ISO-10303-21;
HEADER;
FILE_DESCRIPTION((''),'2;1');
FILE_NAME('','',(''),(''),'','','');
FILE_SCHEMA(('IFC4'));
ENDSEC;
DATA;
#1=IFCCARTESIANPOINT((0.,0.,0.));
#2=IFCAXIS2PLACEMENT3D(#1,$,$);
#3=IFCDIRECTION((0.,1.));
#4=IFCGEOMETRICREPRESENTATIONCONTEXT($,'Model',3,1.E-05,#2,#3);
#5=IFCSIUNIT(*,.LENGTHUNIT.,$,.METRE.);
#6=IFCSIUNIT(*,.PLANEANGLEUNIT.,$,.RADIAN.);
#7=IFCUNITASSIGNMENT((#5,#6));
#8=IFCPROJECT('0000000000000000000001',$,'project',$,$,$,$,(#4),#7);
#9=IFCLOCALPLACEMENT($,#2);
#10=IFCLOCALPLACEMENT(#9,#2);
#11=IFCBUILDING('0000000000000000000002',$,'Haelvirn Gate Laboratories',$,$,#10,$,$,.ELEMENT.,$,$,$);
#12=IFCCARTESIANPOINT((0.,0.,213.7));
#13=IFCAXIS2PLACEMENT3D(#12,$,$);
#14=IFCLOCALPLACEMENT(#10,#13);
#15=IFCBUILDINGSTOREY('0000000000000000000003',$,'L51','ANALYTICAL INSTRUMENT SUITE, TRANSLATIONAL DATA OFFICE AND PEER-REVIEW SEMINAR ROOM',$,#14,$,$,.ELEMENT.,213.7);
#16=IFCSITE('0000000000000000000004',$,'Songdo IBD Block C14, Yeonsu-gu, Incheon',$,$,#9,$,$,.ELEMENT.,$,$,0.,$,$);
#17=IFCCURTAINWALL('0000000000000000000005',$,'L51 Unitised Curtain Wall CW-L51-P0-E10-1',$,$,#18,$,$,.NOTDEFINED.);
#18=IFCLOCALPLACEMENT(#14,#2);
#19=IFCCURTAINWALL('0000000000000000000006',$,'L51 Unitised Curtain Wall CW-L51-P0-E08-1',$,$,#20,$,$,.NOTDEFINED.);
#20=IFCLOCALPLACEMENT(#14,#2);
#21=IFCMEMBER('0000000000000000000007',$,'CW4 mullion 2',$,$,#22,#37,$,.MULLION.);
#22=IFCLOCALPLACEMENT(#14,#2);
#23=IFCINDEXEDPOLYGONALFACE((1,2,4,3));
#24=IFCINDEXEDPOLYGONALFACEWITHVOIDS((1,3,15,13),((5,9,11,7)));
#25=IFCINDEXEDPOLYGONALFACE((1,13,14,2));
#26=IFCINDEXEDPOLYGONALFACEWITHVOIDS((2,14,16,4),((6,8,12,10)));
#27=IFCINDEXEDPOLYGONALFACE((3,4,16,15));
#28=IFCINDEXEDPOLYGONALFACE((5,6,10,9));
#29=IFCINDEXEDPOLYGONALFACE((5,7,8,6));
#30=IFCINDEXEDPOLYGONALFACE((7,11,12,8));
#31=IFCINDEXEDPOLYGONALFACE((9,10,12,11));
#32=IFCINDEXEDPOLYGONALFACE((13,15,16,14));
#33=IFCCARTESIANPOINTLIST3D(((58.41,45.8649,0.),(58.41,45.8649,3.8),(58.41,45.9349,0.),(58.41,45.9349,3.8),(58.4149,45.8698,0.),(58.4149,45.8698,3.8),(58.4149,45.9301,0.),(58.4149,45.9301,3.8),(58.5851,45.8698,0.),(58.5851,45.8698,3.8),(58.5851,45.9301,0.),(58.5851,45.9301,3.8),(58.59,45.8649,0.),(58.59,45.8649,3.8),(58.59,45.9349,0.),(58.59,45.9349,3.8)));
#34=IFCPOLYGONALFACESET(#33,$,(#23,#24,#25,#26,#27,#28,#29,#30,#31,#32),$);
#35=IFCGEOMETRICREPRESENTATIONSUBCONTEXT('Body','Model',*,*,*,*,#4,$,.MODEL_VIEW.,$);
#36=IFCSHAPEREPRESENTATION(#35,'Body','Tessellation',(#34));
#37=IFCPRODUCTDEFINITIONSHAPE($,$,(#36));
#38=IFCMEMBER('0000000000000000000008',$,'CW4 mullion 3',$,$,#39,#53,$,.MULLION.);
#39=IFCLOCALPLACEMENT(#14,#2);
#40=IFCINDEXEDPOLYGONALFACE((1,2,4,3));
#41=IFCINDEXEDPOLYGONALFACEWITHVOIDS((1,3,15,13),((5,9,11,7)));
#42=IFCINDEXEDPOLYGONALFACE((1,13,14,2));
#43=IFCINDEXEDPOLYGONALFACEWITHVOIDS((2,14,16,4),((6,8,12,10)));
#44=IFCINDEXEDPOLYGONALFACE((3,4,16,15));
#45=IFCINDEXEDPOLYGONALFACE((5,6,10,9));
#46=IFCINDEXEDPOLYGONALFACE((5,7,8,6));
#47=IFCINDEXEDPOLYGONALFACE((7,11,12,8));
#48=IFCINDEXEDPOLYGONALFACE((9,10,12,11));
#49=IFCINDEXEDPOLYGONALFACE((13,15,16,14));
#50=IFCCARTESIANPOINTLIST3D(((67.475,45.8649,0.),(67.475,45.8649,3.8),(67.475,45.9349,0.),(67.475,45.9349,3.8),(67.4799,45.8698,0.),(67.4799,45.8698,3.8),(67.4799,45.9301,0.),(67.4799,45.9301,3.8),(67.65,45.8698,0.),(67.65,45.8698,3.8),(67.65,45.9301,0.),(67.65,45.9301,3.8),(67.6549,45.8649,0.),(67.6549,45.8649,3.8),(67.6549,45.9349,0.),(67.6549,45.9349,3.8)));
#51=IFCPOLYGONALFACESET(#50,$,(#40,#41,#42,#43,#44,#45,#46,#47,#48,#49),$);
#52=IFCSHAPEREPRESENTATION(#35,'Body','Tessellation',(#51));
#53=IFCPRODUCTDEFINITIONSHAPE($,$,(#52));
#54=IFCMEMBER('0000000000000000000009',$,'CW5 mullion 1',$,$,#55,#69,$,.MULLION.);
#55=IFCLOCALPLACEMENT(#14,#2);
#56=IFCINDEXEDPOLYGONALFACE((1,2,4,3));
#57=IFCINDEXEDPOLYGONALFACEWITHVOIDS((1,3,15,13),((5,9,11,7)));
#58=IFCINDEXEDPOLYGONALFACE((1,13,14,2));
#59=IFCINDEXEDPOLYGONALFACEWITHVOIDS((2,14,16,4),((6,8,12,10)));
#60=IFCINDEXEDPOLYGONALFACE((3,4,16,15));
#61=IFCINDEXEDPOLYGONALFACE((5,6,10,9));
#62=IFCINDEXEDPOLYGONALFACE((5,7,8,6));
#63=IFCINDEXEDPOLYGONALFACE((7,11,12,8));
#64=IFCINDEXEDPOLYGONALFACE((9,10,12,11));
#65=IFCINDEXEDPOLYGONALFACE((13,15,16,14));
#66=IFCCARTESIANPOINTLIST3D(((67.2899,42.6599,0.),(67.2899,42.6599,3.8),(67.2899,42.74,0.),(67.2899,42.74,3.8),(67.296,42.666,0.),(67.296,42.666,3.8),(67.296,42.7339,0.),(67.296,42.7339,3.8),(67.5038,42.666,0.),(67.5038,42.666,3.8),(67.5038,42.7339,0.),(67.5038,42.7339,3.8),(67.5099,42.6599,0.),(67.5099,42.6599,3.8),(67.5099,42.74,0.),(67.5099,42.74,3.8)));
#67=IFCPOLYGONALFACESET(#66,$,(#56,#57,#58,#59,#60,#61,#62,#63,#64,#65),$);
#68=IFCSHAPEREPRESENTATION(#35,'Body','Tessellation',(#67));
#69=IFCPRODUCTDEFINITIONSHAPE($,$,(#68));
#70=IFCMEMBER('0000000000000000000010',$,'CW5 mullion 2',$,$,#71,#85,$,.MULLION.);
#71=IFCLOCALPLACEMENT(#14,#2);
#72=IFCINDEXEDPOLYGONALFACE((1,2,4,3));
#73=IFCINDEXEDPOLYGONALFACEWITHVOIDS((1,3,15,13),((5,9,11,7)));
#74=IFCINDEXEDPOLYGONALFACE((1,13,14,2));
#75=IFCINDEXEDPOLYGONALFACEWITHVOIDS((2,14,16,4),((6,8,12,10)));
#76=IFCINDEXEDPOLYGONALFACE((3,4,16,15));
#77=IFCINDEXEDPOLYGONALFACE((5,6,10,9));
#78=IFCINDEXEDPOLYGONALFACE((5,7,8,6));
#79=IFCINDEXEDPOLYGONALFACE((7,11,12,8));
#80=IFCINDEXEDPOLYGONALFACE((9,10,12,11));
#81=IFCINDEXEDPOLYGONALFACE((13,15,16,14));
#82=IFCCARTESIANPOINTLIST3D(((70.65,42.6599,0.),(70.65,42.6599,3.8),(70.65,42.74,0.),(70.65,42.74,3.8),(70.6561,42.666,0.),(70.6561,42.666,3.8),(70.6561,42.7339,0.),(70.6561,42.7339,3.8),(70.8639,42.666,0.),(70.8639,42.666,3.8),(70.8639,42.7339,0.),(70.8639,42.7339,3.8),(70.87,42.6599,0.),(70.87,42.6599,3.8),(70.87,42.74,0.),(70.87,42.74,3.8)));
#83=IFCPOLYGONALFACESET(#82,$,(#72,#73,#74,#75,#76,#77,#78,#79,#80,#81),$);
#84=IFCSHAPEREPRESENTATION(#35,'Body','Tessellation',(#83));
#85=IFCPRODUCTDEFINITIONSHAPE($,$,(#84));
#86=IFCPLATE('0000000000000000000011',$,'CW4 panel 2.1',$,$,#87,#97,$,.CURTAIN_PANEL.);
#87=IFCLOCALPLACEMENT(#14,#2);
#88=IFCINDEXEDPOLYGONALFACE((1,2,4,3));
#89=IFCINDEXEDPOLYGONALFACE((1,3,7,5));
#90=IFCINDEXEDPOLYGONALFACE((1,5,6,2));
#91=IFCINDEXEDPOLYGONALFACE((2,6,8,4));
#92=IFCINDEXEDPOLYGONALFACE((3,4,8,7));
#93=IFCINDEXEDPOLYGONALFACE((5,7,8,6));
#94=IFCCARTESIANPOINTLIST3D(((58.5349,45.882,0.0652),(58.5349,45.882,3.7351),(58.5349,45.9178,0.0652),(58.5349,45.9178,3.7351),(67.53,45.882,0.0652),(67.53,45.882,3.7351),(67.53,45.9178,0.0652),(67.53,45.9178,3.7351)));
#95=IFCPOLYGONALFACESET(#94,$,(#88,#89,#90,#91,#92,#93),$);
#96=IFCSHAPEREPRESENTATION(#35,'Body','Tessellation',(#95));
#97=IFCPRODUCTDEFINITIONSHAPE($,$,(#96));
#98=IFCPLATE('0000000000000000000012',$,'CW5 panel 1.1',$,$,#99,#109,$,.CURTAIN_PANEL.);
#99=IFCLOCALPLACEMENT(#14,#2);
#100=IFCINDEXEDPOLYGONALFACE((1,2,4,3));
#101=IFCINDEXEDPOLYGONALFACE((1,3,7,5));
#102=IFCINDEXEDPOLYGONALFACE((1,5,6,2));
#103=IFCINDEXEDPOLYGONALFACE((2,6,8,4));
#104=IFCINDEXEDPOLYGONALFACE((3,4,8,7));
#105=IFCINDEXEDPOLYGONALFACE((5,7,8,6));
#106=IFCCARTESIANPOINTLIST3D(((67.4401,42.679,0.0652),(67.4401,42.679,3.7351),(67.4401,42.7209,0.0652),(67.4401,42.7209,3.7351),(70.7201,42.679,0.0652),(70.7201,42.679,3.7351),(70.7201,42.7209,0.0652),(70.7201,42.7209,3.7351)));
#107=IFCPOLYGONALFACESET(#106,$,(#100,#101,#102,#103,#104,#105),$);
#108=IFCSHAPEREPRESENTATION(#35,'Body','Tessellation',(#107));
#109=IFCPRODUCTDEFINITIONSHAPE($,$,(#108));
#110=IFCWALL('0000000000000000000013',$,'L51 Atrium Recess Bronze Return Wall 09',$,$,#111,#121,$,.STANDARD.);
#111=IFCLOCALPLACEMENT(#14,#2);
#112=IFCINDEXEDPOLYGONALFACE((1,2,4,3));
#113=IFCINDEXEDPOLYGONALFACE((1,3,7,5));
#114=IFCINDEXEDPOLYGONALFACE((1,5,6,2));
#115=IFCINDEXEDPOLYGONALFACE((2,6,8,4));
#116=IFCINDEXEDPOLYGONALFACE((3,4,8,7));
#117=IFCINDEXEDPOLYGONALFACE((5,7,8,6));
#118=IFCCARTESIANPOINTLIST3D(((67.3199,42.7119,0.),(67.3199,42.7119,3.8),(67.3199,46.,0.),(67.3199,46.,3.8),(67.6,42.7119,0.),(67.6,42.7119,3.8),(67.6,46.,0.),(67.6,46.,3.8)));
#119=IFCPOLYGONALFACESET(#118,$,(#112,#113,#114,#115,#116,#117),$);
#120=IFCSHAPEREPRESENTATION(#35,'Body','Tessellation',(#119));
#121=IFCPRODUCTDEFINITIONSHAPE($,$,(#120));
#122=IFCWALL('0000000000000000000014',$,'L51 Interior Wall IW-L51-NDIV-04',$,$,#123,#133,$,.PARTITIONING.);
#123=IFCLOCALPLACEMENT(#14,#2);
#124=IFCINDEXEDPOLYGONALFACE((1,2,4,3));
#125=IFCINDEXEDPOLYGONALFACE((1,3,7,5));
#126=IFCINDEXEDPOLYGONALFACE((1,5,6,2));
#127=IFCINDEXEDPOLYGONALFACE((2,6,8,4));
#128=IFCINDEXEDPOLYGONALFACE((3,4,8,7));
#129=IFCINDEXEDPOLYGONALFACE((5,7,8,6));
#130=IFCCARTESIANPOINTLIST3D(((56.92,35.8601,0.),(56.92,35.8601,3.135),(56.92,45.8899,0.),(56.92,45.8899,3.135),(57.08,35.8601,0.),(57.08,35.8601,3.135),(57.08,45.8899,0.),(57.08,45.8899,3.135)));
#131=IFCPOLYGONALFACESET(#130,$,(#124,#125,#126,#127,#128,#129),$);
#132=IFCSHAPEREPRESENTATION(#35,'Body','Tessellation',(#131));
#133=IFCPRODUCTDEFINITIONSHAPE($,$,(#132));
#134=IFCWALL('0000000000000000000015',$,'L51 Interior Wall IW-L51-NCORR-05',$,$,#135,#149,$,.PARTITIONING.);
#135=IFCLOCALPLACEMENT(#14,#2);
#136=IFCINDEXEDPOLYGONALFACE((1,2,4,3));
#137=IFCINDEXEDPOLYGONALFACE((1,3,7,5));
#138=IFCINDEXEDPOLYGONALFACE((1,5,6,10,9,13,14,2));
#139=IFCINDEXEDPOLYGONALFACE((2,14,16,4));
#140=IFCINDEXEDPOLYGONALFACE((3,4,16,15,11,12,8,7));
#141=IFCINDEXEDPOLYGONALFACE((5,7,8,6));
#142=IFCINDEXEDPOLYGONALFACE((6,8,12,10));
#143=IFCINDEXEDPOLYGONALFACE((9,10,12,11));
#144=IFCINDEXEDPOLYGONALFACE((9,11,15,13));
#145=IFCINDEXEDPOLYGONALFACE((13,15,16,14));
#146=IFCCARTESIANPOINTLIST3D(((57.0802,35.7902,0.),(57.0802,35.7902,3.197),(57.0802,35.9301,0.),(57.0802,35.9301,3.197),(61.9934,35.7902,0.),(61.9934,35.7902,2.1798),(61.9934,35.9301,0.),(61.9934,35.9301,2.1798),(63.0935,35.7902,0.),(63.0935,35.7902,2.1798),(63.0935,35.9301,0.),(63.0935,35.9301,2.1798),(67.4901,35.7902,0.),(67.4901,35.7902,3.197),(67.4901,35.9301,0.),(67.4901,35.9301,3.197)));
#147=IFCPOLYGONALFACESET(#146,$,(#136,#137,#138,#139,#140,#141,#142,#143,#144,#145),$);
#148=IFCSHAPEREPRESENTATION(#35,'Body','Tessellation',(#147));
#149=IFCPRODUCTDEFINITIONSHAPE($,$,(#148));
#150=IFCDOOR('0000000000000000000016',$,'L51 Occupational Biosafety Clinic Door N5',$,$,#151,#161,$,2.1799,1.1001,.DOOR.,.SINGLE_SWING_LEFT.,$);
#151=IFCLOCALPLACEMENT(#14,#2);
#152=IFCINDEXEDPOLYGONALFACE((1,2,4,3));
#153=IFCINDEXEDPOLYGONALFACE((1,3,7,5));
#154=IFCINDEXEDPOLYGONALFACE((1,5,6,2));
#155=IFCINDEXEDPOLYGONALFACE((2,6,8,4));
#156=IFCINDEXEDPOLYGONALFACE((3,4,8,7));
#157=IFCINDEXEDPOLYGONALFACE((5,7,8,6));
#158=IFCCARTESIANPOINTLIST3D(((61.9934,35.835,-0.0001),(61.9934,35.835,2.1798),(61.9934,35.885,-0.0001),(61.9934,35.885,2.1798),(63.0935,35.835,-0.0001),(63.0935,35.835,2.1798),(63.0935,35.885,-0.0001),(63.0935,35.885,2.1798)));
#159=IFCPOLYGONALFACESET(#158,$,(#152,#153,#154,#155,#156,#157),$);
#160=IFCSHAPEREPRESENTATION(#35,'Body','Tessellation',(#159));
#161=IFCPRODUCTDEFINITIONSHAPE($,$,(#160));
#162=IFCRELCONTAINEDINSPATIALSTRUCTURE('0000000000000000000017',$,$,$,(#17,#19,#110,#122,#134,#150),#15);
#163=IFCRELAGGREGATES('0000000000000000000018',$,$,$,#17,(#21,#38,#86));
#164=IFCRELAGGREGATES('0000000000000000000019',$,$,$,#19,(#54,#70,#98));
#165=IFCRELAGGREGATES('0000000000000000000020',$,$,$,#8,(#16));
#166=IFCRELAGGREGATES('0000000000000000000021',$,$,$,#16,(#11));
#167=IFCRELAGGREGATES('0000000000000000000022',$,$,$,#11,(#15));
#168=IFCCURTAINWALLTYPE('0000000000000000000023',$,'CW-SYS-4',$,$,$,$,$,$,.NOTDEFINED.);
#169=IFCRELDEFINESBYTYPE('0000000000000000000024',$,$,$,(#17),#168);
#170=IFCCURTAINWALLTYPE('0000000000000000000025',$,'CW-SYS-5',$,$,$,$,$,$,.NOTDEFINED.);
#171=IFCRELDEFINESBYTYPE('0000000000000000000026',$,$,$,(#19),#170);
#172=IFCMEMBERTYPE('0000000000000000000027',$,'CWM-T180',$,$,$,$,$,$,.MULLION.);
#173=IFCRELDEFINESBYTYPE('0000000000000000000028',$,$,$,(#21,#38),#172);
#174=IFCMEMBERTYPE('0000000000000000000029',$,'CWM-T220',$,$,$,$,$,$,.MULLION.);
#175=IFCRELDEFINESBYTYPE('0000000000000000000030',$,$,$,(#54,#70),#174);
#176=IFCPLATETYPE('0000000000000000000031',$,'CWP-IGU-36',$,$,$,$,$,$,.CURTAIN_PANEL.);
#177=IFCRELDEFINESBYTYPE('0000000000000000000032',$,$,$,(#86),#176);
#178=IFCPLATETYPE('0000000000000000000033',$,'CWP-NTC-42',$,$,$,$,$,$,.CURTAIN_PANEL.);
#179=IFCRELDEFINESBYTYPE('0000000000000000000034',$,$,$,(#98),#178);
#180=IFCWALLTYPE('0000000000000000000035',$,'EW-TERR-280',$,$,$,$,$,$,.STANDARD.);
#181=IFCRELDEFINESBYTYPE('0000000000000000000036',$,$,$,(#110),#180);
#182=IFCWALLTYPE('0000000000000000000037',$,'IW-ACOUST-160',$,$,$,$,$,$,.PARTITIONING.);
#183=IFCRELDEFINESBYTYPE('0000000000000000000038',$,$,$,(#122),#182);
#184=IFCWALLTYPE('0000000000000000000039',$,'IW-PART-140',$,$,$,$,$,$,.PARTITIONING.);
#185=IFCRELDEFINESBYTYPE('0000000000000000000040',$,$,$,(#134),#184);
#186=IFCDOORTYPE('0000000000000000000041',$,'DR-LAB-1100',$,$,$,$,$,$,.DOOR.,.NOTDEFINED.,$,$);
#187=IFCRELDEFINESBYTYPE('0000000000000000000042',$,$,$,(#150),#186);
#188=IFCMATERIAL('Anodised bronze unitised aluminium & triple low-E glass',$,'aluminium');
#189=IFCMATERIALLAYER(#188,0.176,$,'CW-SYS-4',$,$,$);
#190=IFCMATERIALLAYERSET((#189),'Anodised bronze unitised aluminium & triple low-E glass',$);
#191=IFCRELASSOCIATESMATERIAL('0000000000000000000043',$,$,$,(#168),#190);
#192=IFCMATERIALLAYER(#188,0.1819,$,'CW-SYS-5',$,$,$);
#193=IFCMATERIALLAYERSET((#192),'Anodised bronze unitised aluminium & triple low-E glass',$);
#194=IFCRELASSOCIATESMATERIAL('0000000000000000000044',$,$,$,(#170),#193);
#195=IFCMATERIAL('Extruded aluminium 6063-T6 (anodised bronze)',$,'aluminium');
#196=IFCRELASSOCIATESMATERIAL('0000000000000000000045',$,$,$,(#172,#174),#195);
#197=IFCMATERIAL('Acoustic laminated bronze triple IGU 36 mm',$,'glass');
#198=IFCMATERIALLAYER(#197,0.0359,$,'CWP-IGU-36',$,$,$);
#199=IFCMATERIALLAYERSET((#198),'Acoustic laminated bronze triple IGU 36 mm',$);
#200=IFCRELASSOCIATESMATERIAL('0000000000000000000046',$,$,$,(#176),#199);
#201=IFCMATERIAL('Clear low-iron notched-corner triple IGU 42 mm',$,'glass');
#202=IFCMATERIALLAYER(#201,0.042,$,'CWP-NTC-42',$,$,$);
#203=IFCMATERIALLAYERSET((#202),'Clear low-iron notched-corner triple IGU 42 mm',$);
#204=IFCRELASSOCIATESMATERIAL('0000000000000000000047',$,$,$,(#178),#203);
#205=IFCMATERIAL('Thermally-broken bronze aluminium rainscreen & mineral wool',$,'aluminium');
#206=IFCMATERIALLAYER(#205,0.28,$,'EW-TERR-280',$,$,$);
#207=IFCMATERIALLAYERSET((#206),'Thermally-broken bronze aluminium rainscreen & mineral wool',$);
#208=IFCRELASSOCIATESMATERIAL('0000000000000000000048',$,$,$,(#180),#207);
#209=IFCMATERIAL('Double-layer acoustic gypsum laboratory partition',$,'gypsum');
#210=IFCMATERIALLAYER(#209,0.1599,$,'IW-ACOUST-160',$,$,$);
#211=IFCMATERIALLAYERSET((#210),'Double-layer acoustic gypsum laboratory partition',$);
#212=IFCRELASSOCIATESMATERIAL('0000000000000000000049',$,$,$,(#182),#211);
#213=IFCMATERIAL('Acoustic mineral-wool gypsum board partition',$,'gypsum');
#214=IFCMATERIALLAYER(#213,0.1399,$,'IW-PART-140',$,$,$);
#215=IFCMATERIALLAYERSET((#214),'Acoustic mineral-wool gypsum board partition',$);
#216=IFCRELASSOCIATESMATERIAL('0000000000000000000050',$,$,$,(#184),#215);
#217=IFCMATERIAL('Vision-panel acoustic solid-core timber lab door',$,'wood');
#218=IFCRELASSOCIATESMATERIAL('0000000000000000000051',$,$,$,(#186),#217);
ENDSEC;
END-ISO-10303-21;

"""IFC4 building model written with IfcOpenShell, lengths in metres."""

from ifc_helpers import new_model, si_unit, direction, frame, frame_2d, origin, origin_2d, place, context, subcontext, project, spatial, rectangle, hollow_rectangle, extrude, source, transform, mapped, material, layer, layer_set, material_profile, profile_set, type_object, type_shapes, element, fill, aggregate, save


model = new_model("IFC4")

# Units and contexts
model_context = context("Model", 3, precision=1e-05, world=origin(), true_north=direction((0.0, 1.0)))
body_context = subcontext(model_context, "Body", "Model", "MODEL_VIEW")
ifc_project = project(units=[si_unit("LENGTHUNIT", "METRE"), si_unit("PLANEANGLEUNIT", "RADIAN")], contexts=[model_context])

# Site, building, storey
site_placement = place(None, origin())
site = spatial("IfcSite", under=ifc_project, at=site_placement, Name="Songdo IBD Block C14, Yeonsu-gu, Incheon", CompositionType="ELEMENT", RefElevation=0.0)
building_placement = place(site_placement, origin())
building = spatial("IfcBuilding", under=site, at=building_placement, Name="Haelvirn Gate Laboratories", CompositionType="ELEMENT")
storey_placement = place(building_placement, frame((0.0, 0.0, 213.7)))
storey = spatial("IfcBuildingStorey", under=building, at=storey_placement, Name="L51", Description="ANALYTICAL INSTRUMENT SUITE, TRANSLATIONAL DATA OFFICE AND PEER-REVIEW SEMINAR ROOM", CompositionType="ELEMENT", Elevation=213.7)

# Curtain walls
ifc_material_1 = material(Name="Anodised bronze unitised aluminium & triple low-E glass", Category="aluminium")
ifc_layer_1 = layer(ifc_material_1, 0.176, Name="CW-SYS-4")
ifc_layer_set_1 = layer_set([ifc_layer_1], Name="Anodised bronze unitised aluminium & triple low-E glass")
curtain_wall_type_1 = type_object("IfcCurtainWallType", Name="CW-SYS-4", PredefinedType="NOTDEFINED", material=ifc_layer_set_1)
curtain_wall_1_placement = place(storey_placement, origin())
curtain_wall_1 = element("IfcCurtainWall", 1, at=curtain_wall_1_placement, inside=storey, type_object=curtain_wall_type_1, Name="L51 Unitised Curtain Wall CW-L51-P0-E10-1", PredefinedType="NOTDEFINED")
ifc_material_2 = material(Name="Extruded aluminium 6063-T6 (anodised bronze)", Category="aluminium")
ifc_layer_2 = layer(ifc_material_1, 0.1819, Name="CW-SYS-5")
ifc_layer_set_2 = layer_set([ifc_layer_2], Name="Anodised bronze unitised aluminium & triple low-E glass")
curtain_wall_type_2 = type_object("IfcCurtainWallType", Name="CW-SYS-5", PredefinedType="NOTDEFINED", material=ifc_layer_set_2)
curtain_wall_2_placement = place(storey_placement, origin())
curtain_wall_2 = element("IfcCurtainWall", 2, at=curtain_wall_2_placement, inside=storey, type_object=curtain_wall_type_2, Name="L51 Unitised Curtain Wall CW-L51-P0-E08-1", PredefinedType="NOTDEFINED")

# Shared definitions
ifc_material_profile_1 = material_profile(ifc_material_2, hollow_rectangle(XDim=0.0701, YDim=0.1799, WallThickness=0.0049, at=origin_2d()), Name="CWM-180x70x5")
ifc_profile_set_1 = profile_set([ifc_material_profile_1], Name="Extruded aluminium 6063-T6 (anodised bronze)")
member_type_1 = type_object("IfcMemberType", Name="CWM-T180", PredefinedType="MULLION", material=ifc_profile_set_1)
shared_shape_1 = source(origin(), body_context, "Body", "SweptSolid", [
    extrude(hollow_rectangle(XDim=0.0701, YDim=0.1799, WallThickness=0.0049, at=origin_2d()), origin(), (0.0, 0.0, 1.0), 3.8),
])
type_shapes(member_type_1, [shared_shape_1])

# Members
member_1_placement = place(storey_placement, frame((58.5, 45.8999, 0.0), z_axis=(0.0, 0.0, 1.0), x_axis=(0.0, 1.0, 0.0)))
member_1 = element("IfcMember", 3, at=member_1_placement, type_object=member_type_1, Name="CW4 mullion 2", PredefinedType="MULLION", context=body_context, shape_type="MappedRepresentation", body=[
    mapped(shared_shape_1, transform((0.0, 0.0, 0.0), scale=1.0)),
])
member_2_placement = place(storey_placement, frame((67.5649, 45.8999, 0.0), z_axis=(0.0, 0.0, 1.0), x_axis=(0.0, 1.0, 0.0)))
member_2 = element("IfcMember", 4, at=member_2_placement, type_object=member_type_1, Name="CW4 mullion 3", PredefinedType="MULLION", context=body_context, shape_type="MappedRepresentation", body=[
    mapped(shared_shape_1, transform((0.0, 0.0, 0.0), scale=1.0)),
])
ifc_material_profile_2 = material_profile(ifc_material_2, hollow_rectangle(XDim=0.0801, YDim=0.22, WallThickness=0.0061, at=origin_2d()), Name="CWM-220x80x6")
ifc_profile_set_2 = profile_set([ifc_material_profile_2], Name="Extruded aluminium 6063-T6 (anodised bronze)")
member_type_2 = type_object("IfcMemberType", Name="CWM-T220", PredefinedType="MULLION", material=ifc_profile_set_2)
shared_shape_2 = source(origin(), body_context, "Body", "SweptSolid", [
    extrude(hollow_rectangle(XDim=0.0801, YDim=0.22, WallThickness=0.0061, at=origin_2d()), origin(), (0.0, 0.0, 1.0), 3.8),
])
type_shapes(member_type_2, [shared_shape_2])
member_3_placement = place(storey_placement, frame((67.3999, 42.7, 0.0), z_axis=(0.0, 0.0, 1.0), x_axis=(0.0, 1.0, 0.0)))
member_3 = element("IfcMember", 5, at=member_3_placement, type_object=member_type_2, Name="CW5 mullion 1", PredefinedType="MULLION", context=body_context, shape_type="MappedRepresentation", body=[
    mapped(shared_shape_2, transform((0.0, 0.0, 0.0), scale=1.0)),
])
member_4_placement = place(storey_placement, frame((70.76, 42.7, 0.0), z_axis=(0.0, 0.0, 1.0), x_axis=(0.0, 1.0, 0.0)))
member_4 = element("IfcMember", 6, at=member_4_placement, type_object=member_type_2, Name="CW5 mullion 2", PredefinedType="MULLION", context=body_context, shape_type="MappedRepresentation", body=[
    mapped(shared_shape_2, transform((0.0, 0.0, 0.0), scale=1.0)),
])

# Plates
ifc_material_3 = material(Name="Acoustic laminated bronze triple IGU 36 mm", Category="glass")
ifc_layer_3 = layer(ifc_material_3, 0.0359, Name="CWP-IGU-36")
ifc_layer_set_3 = layer_set([ifc_layer_3], Name="Acoustic laminated bronze triple IGU 36 mm")
plate_type_1 = type_object("IfcPlateType", Name="CWP-IGU-36", PredefinedType="CURTAIN_PANEL", material=ifc_layer_set_3)
shared_shape_3 = source(origin(), body_context, "Body", "SweptSolid", [
    extrude(rectangle(XDim=8.9951, YDim=0.0359, at=origin_2d()), origin(), (0.0, 0.0, 1.0), 3.6699),
])
type_shapes(plate_type_1, [shared_shape_3])
plate_1_placement = place(storey_placement, frame((63.0325, 45.8999, 0.0652), z_axis=(0.0, 0.0, 1.0), x_axis=(1.0, 0.0, 0.0)))
plate_1 = element("IfcPlate", 7, at=plate_1_placement, type_object=plate_type_1, Name="CW4 panel 2.1", PredefinedType="CURTAIN_PANEL", context=body_context, shape_type="MappedRepresentation", body=[
    mapped(shared_shape_3, transform((0.0, 0.0, 0.0), scale=1.0)),
])
aggregate(curtain_wall_1, [member_1, member_2, plate_1])
ifc_material_4 = material(Name="Clear low-iron notched-corner triple IGU 42 mm", Category="glass")
ifc_layer_4 = layer(ifc_material_4, 0.042, Name="CWP-NTC-42")
ifc_layer_set_4 = layer_set([ifc_layer_4], Name="Clear low-iron notched-corner triple IGU 42 mm")
plate_type_2 = type_object("IfcPlateType", Name="CWP-NTC-42", PredefinedType="CURTAIN_PANEL", material=ifc_layer_set_4)
shared_shape_4 = source(origin(), body_context, "Body", "SweptSolid", [
    extrude(rectangle(XDim=3.28, YDim=0.042, at=origin_2d()), origin(), (0.0, 0.0, 1.0), 3.6699),
])
type_shapes(plate_type_2, [shared_shape_4])
plate_2_placement = place(storey_placement, frame((69.0801, 42.7, 0.0652), z_axis=(0.0, 0.0, 1.0), x_axis=(1.0, 0.0, 0.0)))
plate_2 = element("IfcPlate", 8, at=plate_2_placement, type_object=plate_type_2, Name="CW5 panel 1.1", PredefinedType="CURTAIN_PANEL", context=body_context, shape_type="MappedRepresentation", body=[
    mapped(shared_shape_4, transform((0.0, 0.0, 0.0), scale=1.0)),
])
aggregate(curtain_wall_2, [member_3, member_4, plate_2])

# Walls
ifc_material_5 = material(Name="Thermally-broken bronze aluminium rainscreen & mineral wool", Category="aluminium")
ifc_layer_5 = layer(ifc_material_5, 0.28, Name="EW-TERR-280")
ifc_layer_set_5 = layer_set([ifc_layer_5], Name="Thermally-broken bronze aluminium rainscreen & mineral wool")
wall_type_1 = type_object("IfcWallType", Name="EW-TERR-280", PredefinedType="STANDARD", material=ifc_layer_set_5)
wall_1_placement = place(storey_placement, frame((67.46, 42.7119, 0.0), z_axis=(0.0, 0.0, 1.0), x_axis=(0.0, 1.0, 0.0)))
element("IfcWall", 9, at=wall_1_placement, inside=storey, type_object=wall_type_1, Name="L51 Atrium Recess Bronze Return Wall 09", PredefinedType="STANDARD", context=body_context, shape_type="SweptSolid", body=[
    extrude(rectangle(XDim=3.2881, YDim=0.28, at=frame_2d((1.644, 0.0))), origin(), (0.0, 0.0, 1.0), 3.8),
])
ifc_material_6 = material(Name="Double-layer acoustic gypsum laboratory partition", Category="gypsum")
ifc_layer_6 = layer(ifc_material_6, 0.1599, Name="IW-ACOUST-160")
ifc_layer_set_6 = layer_set([ifc_layer_6], Name="Double-layer acoustic gypsum laboratory partition")
wall_type_2 = type_object("IfcWallType", Name="IW-ACOUST-160", PredefinedType="PARTITIONING", material=ifc_layer_set_6)
wall_2_placement = place(storey_placement, frame((57.0, 35.8601, 0.0), z_axis=(0.0, 0.0, 1.0), x_axis=(0.0, 1.0, 0.0)))
element("IfcWall", 10, at=wall_2_placement, inside=storey, type_object=wall_type_2, Name="L51 Interior Wall IW-L51-NDIV-04", PredefinedType="PARTITIONING", context=body_context, shape_type="SweptSolid", body=[
    extrude(rectangle(XDim=10.0298, YDim=0.1599, at=frame_2d((5.0149, 0.0))), origin(), (0.0, 0.0, 1.0), 3.135),
])

# Wall, opening, door
ifc_material_7 = material(Name="Acoustic mineral-wool gypsum board partition", Category="gypsum")
ifc_layer_7 = layer(ifc_material_7, 0.1399, Name="IW-PART-140")
ifc_layer_set_7 = layer_set([ifc_layer_7], Name="Acoustic mineral-wool gypsum board partition")
wall_type_3 = type_object("IfcWallType", Name="IW-PART-140", PredefinedType="PARTITIONING", material=ifc_layer_set_7)
wall_3_placement = place(storey_placement, frame((57.0801, 35.8601, 0.0), z_axis=(0.0, 0.0, 1.0), x_axis=(1.0, 0.0, 0.0)))
wall_3 = element("IfcWall", 11, at=wall_3_placement, inside=storey, type_object=wall_type_3, Name="L51 Interior Wall IW-L51-NCORR-05", PredefinedType="PARTITIONING", context=body_context, shape_type="SweptSolid", body=[
    extrude(rectangle(XDim=10.4099, YDim=0.1399, at=frame_2d((5.2051, 0.0))), origin(), (0.0, 0.0, 1.0), 3.197),
])
opening_1_placement = place(wall_3_placement, frame((4.9133, 0.0, 0.0)))
opening_1 = element("IfcOpeningElement", 12, at=opening_1_placement, cuts=wall_3, PredefinedType="OPENING", context=body_context, shape_type="SweptSolid", body=[
    extrude(rectangle(XDim=1.1001, YDim=2.1799, at=frame_2d((0.55, 1.0898))), frame((0.0, 0.0801, 0.0), z_axis=(0.0, -1.0, 0.0), x_axis=(1.0, 0.0, 0.0)), (0.0, 0.0, 1.0), 0.1599),
])
ifc_material_8 = material(Name="Vision-panel acoustic solid-core timber lab door", Category="wood")
door_type_1 = type_object("IfcDoorType", Name="DR-LAB-1100", OperationType="NOTDEFINED", PredefinedType="DOOR", material=ifc_material_8)
shared_shape_5 = source(origin(), body_context, "Body", "SweptSolid", [
    extrude(rectangle(XDim=1.1001, YDim=2.1799, at=frame_2d((0.55, 1.0898))), frame((0.0, 0.0249, 0.0), z_axis=(0.0, -1.0, 0.0), x_axis=(1.0, 0.0, 0.0)), (0.0, 0.0, 1.0), 0.05),
])
type_shapes(door_type_1, [shared_shape_5])
door_1_placement = place(opening_1_placement, origin())
door_1 = element("IfcDoor", 13, at=door_1_placement, inside=storey, type_object=door_type_1, Name="L51 Occupational Biosafety Clinic Door N5", OperationType="SINGLE_SWING_LEFT", OverallHeight=2.1799, OverallWidth=1.1001, PredefinedType="DOOR", context=body_context, shape_type="MappedRepresentation", body=[
    mapped(shared_shape_5, transform((0.0, 0.0, 0.0), scale=1.0)),
])
fill(opening_1, door_1)

save(model, "model.ifc")
